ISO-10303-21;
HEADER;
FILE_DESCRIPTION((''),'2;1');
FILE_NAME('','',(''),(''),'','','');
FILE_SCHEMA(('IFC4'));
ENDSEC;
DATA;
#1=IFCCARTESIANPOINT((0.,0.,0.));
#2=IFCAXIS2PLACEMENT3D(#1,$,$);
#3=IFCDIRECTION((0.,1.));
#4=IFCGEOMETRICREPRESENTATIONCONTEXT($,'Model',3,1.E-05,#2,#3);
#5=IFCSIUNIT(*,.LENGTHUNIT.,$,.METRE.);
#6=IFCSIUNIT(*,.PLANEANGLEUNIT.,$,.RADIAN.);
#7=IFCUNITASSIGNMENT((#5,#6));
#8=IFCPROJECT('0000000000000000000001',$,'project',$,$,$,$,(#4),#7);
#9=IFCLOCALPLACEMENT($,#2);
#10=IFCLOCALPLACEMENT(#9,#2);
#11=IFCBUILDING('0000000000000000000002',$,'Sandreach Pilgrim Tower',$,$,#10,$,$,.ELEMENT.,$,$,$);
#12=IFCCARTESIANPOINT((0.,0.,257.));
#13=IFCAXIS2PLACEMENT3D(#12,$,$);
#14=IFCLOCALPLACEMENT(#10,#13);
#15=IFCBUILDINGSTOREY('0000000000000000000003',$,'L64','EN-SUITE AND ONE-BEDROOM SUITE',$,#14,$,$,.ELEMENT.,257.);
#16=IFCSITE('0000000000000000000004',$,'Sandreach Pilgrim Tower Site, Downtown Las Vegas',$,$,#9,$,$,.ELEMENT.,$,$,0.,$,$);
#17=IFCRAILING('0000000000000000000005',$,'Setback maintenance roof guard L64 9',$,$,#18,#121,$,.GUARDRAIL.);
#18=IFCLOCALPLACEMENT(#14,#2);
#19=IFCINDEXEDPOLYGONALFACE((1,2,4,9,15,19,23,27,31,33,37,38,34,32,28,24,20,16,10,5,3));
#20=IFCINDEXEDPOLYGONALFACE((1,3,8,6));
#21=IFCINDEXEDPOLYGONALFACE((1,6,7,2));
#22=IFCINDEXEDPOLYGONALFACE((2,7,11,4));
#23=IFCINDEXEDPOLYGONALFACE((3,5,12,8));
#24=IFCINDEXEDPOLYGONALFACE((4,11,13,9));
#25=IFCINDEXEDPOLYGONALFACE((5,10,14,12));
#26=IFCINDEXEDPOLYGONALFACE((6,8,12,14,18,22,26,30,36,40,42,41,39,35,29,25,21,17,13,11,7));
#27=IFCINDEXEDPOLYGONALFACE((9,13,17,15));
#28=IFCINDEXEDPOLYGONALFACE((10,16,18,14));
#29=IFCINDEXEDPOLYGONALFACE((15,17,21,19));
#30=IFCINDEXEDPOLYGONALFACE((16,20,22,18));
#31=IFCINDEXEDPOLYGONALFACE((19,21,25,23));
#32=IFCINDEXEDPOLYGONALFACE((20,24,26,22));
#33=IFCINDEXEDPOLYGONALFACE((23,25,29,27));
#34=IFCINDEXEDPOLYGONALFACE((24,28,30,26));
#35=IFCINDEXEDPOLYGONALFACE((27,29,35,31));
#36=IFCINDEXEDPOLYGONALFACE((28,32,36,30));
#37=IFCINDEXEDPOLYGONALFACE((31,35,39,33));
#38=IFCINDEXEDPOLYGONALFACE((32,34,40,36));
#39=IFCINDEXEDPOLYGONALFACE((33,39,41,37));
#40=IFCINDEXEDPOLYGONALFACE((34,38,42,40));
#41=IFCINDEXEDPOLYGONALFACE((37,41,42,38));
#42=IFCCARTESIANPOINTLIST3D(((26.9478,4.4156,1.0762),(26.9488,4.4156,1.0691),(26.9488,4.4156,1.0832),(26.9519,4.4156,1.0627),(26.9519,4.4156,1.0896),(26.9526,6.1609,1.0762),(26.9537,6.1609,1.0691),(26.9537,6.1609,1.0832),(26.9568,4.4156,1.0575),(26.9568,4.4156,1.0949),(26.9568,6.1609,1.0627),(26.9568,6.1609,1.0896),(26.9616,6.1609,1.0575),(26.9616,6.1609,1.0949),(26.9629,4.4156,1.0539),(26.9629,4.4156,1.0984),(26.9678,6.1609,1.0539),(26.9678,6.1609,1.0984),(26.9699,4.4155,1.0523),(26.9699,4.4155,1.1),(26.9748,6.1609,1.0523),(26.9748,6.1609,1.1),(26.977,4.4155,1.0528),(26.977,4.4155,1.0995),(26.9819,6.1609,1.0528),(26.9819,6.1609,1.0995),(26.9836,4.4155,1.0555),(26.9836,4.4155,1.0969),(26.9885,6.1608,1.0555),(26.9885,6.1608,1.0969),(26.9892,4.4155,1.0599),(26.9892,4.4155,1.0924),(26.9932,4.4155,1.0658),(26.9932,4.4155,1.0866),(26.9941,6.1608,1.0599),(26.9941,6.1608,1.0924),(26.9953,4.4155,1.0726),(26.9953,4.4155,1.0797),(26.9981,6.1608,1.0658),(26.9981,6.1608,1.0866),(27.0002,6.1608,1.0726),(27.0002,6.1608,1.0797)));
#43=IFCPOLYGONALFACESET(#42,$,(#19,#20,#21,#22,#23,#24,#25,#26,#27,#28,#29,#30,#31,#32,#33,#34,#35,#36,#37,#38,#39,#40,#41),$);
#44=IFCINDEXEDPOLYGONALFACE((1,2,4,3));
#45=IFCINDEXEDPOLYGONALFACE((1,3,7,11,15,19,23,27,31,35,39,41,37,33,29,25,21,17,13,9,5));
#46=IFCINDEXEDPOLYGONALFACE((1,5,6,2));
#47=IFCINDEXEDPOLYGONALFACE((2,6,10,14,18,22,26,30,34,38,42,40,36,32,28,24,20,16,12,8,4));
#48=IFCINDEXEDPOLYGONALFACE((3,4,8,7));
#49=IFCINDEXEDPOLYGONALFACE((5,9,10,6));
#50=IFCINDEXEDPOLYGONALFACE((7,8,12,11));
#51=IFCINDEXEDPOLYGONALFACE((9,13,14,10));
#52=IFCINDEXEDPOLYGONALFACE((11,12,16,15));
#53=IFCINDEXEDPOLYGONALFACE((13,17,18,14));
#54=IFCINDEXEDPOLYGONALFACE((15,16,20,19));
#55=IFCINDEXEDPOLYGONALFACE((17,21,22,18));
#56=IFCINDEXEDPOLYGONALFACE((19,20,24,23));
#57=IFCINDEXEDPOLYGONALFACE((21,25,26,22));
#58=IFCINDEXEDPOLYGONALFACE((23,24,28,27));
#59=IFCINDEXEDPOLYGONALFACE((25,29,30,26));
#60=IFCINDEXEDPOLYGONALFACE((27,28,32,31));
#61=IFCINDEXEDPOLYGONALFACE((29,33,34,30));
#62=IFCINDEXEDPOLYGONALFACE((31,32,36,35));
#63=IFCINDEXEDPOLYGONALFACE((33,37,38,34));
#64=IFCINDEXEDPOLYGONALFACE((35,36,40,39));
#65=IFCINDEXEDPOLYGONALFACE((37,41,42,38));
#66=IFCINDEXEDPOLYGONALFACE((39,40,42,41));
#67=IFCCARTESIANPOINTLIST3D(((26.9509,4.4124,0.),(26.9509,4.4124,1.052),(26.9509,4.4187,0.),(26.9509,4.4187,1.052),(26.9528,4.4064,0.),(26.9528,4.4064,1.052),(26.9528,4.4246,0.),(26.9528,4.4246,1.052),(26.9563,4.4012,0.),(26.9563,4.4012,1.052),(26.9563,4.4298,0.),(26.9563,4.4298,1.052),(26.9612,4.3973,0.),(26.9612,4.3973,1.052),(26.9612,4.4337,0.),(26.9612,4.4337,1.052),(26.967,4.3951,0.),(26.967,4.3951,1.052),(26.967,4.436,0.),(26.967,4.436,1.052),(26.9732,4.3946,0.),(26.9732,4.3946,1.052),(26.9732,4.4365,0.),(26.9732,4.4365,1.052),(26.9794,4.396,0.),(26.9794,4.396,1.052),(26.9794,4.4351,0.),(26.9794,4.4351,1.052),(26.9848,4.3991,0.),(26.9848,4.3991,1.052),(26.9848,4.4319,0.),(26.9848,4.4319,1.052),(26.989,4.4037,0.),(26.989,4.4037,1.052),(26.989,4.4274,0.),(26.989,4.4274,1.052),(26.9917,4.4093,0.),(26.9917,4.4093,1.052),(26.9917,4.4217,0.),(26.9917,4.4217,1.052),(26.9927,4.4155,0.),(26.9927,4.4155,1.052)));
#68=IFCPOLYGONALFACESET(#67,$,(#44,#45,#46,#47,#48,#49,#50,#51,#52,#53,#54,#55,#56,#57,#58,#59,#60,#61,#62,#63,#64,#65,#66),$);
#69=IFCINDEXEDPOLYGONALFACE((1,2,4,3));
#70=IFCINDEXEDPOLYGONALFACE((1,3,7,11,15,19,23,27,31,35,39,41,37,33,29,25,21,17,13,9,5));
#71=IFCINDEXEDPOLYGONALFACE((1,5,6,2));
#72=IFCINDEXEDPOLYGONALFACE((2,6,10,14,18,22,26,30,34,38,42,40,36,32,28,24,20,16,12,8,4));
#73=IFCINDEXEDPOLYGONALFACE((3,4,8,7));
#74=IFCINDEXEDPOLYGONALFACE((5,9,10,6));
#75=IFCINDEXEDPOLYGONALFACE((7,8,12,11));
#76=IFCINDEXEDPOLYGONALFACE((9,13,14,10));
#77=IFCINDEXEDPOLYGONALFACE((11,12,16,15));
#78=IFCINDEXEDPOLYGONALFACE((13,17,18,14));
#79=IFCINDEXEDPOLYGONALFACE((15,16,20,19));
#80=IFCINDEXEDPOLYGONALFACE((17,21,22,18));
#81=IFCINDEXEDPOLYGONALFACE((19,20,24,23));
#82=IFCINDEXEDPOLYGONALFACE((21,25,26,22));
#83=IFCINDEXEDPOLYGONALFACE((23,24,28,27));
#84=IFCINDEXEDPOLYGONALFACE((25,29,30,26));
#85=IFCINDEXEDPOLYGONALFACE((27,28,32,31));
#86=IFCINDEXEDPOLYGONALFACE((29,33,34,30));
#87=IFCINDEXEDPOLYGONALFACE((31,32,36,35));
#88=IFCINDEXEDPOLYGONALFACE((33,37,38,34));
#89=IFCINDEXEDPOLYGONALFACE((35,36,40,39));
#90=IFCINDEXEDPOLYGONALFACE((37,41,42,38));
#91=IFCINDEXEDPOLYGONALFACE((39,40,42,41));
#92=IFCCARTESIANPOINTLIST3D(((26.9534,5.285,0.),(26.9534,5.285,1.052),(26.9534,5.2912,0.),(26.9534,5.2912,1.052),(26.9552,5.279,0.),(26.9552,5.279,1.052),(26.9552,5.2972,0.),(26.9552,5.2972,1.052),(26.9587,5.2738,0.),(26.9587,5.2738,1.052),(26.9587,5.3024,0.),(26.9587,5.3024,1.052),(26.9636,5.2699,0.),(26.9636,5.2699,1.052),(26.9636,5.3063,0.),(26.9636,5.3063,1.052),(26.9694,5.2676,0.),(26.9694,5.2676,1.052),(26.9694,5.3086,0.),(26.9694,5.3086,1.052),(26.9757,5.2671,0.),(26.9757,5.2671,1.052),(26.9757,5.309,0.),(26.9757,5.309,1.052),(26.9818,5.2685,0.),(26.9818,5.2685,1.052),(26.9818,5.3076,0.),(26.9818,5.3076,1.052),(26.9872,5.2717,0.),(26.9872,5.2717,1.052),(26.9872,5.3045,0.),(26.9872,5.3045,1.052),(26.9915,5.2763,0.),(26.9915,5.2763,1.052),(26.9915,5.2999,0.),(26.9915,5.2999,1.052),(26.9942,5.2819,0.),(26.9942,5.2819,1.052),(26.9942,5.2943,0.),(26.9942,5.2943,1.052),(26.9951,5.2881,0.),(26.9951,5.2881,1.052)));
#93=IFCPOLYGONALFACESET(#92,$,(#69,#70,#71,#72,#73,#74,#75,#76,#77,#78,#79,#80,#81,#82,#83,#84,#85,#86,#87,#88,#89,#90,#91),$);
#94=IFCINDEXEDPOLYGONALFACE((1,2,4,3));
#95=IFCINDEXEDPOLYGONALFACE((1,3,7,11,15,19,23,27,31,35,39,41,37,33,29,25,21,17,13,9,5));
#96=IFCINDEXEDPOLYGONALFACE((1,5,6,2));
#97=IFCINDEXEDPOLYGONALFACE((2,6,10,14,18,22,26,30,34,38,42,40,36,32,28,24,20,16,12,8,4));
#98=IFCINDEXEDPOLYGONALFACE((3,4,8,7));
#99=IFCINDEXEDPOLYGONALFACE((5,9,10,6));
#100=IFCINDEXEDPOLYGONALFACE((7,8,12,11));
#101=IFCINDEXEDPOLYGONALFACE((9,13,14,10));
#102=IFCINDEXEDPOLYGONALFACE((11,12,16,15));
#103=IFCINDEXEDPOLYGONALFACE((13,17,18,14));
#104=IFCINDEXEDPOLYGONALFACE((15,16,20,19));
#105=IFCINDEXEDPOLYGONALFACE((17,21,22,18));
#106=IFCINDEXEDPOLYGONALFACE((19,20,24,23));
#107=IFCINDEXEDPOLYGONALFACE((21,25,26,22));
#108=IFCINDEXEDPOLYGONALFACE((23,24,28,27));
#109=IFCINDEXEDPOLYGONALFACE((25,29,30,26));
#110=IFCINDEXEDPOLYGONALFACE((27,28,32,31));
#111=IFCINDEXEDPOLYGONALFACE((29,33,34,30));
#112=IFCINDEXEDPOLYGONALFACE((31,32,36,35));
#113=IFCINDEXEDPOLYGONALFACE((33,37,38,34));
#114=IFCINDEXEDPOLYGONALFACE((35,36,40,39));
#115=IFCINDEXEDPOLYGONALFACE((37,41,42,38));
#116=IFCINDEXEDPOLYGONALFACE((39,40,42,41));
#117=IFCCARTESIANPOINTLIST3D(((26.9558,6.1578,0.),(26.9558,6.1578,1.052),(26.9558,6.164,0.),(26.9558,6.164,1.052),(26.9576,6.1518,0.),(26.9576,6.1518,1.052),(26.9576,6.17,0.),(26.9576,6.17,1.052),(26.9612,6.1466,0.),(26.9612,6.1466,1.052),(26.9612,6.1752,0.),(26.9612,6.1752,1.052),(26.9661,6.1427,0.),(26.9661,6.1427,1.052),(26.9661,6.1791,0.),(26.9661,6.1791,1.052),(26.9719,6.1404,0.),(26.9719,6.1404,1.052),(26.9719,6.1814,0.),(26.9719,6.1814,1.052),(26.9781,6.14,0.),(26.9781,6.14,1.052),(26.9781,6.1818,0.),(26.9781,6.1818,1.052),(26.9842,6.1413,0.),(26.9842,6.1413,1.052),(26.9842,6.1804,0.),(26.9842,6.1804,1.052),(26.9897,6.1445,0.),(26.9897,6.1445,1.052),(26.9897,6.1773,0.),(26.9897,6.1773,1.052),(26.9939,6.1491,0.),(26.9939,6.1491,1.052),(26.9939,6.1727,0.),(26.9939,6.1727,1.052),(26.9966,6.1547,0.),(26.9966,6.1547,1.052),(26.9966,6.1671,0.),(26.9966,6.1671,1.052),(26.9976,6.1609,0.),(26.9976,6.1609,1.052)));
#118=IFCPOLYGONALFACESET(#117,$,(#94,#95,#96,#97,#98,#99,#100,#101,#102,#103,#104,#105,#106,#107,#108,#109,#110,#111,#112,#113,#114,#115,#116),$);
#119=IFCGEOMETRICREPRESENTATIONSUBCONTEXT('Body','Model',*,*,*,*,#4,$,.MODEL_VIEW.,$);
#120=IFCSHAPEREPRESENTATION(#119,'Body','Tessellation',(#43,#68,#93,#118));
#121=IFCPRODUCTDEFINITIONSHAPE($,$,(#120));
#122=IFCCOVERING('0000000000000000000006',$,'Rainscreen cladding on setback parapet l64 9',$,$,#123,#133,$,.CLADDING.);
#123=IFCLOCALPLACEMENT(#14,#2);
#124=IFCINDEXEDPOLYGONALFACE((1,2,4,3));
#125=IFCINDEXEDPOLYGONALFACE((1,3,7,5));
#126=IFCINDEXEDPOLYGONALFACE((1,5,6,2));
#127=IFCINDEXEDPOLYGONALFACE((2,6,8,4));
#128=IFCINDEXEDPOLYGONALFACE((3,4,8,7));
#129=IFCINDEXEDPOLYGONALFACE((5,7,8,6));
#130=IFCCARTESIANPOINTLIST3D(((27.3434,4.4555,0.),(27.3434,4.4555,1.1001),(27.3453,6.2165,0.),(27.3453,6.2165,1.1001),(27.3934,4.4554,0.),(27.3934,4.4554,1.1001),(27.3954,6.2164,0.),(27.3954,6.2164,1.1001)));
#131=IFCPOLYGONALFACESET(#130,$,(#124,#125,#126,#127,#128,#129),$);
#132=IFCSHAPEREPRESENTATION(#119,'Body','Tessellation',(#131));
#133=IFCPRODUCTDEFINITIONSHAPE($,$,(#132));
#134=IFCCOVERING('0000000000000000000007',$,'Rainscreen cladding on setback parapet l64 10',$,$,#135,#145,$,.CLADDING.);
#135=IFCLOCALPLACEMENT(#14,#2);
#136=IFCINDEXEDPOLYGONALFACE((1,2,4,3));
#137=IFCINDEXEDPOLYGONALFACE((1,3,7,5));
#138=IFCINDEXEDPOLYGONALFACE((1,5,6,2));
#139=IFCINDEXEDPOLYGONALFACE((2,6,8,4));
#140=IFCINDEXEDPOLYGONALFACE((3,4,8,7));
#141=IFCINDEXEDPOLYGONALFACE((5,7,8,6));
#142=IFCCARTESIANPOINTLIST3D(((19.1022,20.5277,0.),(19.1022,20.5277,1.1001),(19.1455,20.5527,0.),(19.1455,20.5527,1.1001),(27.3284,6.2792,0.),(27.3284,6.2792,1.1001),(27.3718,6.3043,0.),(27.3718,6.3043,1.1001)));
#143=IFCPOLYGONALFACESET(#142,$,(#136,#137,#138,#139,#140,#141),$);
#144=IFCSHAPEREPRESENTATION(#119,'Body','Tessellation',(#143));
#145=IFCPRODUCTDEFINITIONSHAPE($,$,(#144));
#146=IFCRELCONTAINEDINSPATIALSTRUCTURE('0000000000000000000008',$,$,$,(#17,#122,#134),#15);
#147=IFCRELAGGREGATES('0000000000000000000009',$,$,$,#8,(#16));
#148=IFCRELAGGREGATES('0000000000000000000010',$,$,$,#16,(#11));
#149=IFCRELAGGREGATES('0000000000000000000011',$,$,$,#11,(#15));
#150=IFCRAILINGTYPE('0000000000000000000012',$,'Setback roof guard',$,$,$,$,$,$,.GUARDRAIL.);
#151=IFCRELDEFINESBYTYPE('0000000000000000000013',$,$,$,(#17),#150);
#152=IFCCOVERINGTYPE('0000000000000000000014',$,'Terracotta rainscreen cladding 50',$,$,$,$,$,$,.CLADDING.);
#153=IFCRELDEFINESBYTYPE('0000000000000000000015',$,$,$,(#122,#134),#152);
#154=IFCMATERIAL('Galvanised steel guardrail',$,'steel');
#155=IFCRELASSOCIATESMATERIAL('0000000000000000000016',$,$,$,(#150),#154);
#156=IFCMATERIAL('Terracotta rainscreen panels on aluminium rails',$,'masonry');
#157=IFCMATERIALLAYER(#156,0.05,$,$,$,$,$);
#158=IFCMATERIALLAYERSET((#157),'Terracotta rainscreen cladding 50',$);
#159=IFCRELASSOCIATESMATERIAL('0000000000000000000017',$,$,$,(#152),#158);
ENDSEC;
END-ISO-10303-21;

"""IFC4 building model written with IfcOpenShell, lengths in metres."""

from ifc_helpers import new_model, si_unit, direction, frame, frame_2d, origin, origin_2d, place, context, subcontext, project, spatial, rectangle, circle, extrude, material, layer, layer_set, type_object, element, save


model = new_model("IFC4")

# Units and contexts
model_context = context("Model", 3, precision=1e-05, world=origin(), true_north=direction((0.0, 1.0)))
body_context = subcontext(model_context, "Body", "Model", "MODEL_VIEW")
ifc_project = project(units=[si_unit("LENGTHUNIT", "METRE"), si_unit("PLANEANGLEUNIT", "RADIAN")], contexts=[model_context])

# Site, building, storey
site_placement = place(None, origin())
site = spatial("IfcSite", under=ifc_project, at=site_placement, Name="Sandreach Pilgrim Tower Site, Downtown Las Vegas", CompositionType="ELEMENT", RefElevation=0.0)
building_placement = place(site_placement, origin())
building = spatial("IfcBuilding", under=site, at=building_placement, Name="Sandreach Pilgrim Tower", CompositionType="ELEMENT")
storey_placement = place(building_placement, frame((0.0, 0.0, 257.0)))
storey = spatial("IfcBuildingStorey", under=building, at=storey_placement, Name="L64", Description="EN-SUITE AND ONE-BEDROOM SUITE", CompositionType="ELEMENT", Elevation=257.0)

# Railing
ifc_material_1 = material(Name="Galvanised steel guardrail", Category="steel")
railing_type = type_object("IfcRailingType", Name="Setback roof guard", PredefinedType="GUARDRAIL", material=ifc_material_1)
railing_1_placement = place(storey_placement, frame((26.9717, 4.4155, 0.0)))
element("IfcRailing", 1, at=railing_1_placement, inside=storey, type_object=railing_type, Name="Setback maintenance roof guard L64 9", PredefinedType="GUARDRAIL", context=body_context, shape_type="SweptSolid", body=[
    extrude(circle(Radius=0.0239, at=origin_2d()), frame((0.0, 0.0, 1.0762), z_axis=(0.002798, 0.999996, 0.0), x_axis=(-0.999996, 0.002798, 0.0)), (0.0, 0.0, 1.0), 1.7454),
    extrude(circle(Radius=0.021, at=origin_2d()), origin(), (0.0, 0.0, 1.0), 1.052),
    extrude(circle(Radius=0.021, at=origin_2d()), frame((0.0024, 0.8726, 0.0)), (0.0, 0.0, 1.0), 1.052),
    extrude(circle(Radius=0.021, at=origin_2d()), frame((0.0049, 1.7454, 0.0)), (0.0, 0.0, 1.0), 1.052),
])

# Coverings
ifc_material_2 = material(Name="Terracotta rainscreen panels on aluminium rails", Category="masonry")
ifc_layer_1 = layer(ifc_material_2, 0.05)
ifc_layer_set_1 = layer_set([ifc_layer_1], Name="Terracotta rainscreen cladding 50")
covering_type = type_object("IfcCoveringType", Name="Terracotta rainscreen cladding 50", PredefinedType="CLADDING", material=ifc_layer_set_1)
covering_1_placement = place(storey_placement, frame((27.3684, 4.4556, 0.0), z_axis=(0.0, 0.0, 1.0), x_axis=(0.001109, 0.999999, 0.0)))
element("IfcCovering", 2, at=covering_1_placement, inside=storey, type_object=covering_type, Name="Rainscreen cladding on setback parapet l64 9", PredefinedType="CLADDING", context=body_context, shape_type="SweptSolid", body=[
    extrude(rectangle(XDim=1.761, YDim=0.05, at=frame_2d((0.8804, 0.0))), origin(), (0.0, 0.0, 1.0), 1.1001),
])
covering_2_placement = place(storey_placement, frame((27.3501, 6.2917, 0.0), z_axis=(0.0, 0.0, 1.0), x_axis=(-0.499996, 0.866027, 0.0)))
element("IfcCovering", 3, at=covering_2_placement, inside=storey, type_object=covering_type, Name="Rainscreen cladding on setback parapet l64 10", PredefinedType="CLADDING", context=body_context, shape_type="SweptSolid", body=[
    extrude(rectangle(XDim=16.4526, YDim=0.05, at=frame_2d((8.2263, 0.0))), origin(), (0.0, 0.0, 1.0), 1.1001),
])

save(model, "model.ifc")
